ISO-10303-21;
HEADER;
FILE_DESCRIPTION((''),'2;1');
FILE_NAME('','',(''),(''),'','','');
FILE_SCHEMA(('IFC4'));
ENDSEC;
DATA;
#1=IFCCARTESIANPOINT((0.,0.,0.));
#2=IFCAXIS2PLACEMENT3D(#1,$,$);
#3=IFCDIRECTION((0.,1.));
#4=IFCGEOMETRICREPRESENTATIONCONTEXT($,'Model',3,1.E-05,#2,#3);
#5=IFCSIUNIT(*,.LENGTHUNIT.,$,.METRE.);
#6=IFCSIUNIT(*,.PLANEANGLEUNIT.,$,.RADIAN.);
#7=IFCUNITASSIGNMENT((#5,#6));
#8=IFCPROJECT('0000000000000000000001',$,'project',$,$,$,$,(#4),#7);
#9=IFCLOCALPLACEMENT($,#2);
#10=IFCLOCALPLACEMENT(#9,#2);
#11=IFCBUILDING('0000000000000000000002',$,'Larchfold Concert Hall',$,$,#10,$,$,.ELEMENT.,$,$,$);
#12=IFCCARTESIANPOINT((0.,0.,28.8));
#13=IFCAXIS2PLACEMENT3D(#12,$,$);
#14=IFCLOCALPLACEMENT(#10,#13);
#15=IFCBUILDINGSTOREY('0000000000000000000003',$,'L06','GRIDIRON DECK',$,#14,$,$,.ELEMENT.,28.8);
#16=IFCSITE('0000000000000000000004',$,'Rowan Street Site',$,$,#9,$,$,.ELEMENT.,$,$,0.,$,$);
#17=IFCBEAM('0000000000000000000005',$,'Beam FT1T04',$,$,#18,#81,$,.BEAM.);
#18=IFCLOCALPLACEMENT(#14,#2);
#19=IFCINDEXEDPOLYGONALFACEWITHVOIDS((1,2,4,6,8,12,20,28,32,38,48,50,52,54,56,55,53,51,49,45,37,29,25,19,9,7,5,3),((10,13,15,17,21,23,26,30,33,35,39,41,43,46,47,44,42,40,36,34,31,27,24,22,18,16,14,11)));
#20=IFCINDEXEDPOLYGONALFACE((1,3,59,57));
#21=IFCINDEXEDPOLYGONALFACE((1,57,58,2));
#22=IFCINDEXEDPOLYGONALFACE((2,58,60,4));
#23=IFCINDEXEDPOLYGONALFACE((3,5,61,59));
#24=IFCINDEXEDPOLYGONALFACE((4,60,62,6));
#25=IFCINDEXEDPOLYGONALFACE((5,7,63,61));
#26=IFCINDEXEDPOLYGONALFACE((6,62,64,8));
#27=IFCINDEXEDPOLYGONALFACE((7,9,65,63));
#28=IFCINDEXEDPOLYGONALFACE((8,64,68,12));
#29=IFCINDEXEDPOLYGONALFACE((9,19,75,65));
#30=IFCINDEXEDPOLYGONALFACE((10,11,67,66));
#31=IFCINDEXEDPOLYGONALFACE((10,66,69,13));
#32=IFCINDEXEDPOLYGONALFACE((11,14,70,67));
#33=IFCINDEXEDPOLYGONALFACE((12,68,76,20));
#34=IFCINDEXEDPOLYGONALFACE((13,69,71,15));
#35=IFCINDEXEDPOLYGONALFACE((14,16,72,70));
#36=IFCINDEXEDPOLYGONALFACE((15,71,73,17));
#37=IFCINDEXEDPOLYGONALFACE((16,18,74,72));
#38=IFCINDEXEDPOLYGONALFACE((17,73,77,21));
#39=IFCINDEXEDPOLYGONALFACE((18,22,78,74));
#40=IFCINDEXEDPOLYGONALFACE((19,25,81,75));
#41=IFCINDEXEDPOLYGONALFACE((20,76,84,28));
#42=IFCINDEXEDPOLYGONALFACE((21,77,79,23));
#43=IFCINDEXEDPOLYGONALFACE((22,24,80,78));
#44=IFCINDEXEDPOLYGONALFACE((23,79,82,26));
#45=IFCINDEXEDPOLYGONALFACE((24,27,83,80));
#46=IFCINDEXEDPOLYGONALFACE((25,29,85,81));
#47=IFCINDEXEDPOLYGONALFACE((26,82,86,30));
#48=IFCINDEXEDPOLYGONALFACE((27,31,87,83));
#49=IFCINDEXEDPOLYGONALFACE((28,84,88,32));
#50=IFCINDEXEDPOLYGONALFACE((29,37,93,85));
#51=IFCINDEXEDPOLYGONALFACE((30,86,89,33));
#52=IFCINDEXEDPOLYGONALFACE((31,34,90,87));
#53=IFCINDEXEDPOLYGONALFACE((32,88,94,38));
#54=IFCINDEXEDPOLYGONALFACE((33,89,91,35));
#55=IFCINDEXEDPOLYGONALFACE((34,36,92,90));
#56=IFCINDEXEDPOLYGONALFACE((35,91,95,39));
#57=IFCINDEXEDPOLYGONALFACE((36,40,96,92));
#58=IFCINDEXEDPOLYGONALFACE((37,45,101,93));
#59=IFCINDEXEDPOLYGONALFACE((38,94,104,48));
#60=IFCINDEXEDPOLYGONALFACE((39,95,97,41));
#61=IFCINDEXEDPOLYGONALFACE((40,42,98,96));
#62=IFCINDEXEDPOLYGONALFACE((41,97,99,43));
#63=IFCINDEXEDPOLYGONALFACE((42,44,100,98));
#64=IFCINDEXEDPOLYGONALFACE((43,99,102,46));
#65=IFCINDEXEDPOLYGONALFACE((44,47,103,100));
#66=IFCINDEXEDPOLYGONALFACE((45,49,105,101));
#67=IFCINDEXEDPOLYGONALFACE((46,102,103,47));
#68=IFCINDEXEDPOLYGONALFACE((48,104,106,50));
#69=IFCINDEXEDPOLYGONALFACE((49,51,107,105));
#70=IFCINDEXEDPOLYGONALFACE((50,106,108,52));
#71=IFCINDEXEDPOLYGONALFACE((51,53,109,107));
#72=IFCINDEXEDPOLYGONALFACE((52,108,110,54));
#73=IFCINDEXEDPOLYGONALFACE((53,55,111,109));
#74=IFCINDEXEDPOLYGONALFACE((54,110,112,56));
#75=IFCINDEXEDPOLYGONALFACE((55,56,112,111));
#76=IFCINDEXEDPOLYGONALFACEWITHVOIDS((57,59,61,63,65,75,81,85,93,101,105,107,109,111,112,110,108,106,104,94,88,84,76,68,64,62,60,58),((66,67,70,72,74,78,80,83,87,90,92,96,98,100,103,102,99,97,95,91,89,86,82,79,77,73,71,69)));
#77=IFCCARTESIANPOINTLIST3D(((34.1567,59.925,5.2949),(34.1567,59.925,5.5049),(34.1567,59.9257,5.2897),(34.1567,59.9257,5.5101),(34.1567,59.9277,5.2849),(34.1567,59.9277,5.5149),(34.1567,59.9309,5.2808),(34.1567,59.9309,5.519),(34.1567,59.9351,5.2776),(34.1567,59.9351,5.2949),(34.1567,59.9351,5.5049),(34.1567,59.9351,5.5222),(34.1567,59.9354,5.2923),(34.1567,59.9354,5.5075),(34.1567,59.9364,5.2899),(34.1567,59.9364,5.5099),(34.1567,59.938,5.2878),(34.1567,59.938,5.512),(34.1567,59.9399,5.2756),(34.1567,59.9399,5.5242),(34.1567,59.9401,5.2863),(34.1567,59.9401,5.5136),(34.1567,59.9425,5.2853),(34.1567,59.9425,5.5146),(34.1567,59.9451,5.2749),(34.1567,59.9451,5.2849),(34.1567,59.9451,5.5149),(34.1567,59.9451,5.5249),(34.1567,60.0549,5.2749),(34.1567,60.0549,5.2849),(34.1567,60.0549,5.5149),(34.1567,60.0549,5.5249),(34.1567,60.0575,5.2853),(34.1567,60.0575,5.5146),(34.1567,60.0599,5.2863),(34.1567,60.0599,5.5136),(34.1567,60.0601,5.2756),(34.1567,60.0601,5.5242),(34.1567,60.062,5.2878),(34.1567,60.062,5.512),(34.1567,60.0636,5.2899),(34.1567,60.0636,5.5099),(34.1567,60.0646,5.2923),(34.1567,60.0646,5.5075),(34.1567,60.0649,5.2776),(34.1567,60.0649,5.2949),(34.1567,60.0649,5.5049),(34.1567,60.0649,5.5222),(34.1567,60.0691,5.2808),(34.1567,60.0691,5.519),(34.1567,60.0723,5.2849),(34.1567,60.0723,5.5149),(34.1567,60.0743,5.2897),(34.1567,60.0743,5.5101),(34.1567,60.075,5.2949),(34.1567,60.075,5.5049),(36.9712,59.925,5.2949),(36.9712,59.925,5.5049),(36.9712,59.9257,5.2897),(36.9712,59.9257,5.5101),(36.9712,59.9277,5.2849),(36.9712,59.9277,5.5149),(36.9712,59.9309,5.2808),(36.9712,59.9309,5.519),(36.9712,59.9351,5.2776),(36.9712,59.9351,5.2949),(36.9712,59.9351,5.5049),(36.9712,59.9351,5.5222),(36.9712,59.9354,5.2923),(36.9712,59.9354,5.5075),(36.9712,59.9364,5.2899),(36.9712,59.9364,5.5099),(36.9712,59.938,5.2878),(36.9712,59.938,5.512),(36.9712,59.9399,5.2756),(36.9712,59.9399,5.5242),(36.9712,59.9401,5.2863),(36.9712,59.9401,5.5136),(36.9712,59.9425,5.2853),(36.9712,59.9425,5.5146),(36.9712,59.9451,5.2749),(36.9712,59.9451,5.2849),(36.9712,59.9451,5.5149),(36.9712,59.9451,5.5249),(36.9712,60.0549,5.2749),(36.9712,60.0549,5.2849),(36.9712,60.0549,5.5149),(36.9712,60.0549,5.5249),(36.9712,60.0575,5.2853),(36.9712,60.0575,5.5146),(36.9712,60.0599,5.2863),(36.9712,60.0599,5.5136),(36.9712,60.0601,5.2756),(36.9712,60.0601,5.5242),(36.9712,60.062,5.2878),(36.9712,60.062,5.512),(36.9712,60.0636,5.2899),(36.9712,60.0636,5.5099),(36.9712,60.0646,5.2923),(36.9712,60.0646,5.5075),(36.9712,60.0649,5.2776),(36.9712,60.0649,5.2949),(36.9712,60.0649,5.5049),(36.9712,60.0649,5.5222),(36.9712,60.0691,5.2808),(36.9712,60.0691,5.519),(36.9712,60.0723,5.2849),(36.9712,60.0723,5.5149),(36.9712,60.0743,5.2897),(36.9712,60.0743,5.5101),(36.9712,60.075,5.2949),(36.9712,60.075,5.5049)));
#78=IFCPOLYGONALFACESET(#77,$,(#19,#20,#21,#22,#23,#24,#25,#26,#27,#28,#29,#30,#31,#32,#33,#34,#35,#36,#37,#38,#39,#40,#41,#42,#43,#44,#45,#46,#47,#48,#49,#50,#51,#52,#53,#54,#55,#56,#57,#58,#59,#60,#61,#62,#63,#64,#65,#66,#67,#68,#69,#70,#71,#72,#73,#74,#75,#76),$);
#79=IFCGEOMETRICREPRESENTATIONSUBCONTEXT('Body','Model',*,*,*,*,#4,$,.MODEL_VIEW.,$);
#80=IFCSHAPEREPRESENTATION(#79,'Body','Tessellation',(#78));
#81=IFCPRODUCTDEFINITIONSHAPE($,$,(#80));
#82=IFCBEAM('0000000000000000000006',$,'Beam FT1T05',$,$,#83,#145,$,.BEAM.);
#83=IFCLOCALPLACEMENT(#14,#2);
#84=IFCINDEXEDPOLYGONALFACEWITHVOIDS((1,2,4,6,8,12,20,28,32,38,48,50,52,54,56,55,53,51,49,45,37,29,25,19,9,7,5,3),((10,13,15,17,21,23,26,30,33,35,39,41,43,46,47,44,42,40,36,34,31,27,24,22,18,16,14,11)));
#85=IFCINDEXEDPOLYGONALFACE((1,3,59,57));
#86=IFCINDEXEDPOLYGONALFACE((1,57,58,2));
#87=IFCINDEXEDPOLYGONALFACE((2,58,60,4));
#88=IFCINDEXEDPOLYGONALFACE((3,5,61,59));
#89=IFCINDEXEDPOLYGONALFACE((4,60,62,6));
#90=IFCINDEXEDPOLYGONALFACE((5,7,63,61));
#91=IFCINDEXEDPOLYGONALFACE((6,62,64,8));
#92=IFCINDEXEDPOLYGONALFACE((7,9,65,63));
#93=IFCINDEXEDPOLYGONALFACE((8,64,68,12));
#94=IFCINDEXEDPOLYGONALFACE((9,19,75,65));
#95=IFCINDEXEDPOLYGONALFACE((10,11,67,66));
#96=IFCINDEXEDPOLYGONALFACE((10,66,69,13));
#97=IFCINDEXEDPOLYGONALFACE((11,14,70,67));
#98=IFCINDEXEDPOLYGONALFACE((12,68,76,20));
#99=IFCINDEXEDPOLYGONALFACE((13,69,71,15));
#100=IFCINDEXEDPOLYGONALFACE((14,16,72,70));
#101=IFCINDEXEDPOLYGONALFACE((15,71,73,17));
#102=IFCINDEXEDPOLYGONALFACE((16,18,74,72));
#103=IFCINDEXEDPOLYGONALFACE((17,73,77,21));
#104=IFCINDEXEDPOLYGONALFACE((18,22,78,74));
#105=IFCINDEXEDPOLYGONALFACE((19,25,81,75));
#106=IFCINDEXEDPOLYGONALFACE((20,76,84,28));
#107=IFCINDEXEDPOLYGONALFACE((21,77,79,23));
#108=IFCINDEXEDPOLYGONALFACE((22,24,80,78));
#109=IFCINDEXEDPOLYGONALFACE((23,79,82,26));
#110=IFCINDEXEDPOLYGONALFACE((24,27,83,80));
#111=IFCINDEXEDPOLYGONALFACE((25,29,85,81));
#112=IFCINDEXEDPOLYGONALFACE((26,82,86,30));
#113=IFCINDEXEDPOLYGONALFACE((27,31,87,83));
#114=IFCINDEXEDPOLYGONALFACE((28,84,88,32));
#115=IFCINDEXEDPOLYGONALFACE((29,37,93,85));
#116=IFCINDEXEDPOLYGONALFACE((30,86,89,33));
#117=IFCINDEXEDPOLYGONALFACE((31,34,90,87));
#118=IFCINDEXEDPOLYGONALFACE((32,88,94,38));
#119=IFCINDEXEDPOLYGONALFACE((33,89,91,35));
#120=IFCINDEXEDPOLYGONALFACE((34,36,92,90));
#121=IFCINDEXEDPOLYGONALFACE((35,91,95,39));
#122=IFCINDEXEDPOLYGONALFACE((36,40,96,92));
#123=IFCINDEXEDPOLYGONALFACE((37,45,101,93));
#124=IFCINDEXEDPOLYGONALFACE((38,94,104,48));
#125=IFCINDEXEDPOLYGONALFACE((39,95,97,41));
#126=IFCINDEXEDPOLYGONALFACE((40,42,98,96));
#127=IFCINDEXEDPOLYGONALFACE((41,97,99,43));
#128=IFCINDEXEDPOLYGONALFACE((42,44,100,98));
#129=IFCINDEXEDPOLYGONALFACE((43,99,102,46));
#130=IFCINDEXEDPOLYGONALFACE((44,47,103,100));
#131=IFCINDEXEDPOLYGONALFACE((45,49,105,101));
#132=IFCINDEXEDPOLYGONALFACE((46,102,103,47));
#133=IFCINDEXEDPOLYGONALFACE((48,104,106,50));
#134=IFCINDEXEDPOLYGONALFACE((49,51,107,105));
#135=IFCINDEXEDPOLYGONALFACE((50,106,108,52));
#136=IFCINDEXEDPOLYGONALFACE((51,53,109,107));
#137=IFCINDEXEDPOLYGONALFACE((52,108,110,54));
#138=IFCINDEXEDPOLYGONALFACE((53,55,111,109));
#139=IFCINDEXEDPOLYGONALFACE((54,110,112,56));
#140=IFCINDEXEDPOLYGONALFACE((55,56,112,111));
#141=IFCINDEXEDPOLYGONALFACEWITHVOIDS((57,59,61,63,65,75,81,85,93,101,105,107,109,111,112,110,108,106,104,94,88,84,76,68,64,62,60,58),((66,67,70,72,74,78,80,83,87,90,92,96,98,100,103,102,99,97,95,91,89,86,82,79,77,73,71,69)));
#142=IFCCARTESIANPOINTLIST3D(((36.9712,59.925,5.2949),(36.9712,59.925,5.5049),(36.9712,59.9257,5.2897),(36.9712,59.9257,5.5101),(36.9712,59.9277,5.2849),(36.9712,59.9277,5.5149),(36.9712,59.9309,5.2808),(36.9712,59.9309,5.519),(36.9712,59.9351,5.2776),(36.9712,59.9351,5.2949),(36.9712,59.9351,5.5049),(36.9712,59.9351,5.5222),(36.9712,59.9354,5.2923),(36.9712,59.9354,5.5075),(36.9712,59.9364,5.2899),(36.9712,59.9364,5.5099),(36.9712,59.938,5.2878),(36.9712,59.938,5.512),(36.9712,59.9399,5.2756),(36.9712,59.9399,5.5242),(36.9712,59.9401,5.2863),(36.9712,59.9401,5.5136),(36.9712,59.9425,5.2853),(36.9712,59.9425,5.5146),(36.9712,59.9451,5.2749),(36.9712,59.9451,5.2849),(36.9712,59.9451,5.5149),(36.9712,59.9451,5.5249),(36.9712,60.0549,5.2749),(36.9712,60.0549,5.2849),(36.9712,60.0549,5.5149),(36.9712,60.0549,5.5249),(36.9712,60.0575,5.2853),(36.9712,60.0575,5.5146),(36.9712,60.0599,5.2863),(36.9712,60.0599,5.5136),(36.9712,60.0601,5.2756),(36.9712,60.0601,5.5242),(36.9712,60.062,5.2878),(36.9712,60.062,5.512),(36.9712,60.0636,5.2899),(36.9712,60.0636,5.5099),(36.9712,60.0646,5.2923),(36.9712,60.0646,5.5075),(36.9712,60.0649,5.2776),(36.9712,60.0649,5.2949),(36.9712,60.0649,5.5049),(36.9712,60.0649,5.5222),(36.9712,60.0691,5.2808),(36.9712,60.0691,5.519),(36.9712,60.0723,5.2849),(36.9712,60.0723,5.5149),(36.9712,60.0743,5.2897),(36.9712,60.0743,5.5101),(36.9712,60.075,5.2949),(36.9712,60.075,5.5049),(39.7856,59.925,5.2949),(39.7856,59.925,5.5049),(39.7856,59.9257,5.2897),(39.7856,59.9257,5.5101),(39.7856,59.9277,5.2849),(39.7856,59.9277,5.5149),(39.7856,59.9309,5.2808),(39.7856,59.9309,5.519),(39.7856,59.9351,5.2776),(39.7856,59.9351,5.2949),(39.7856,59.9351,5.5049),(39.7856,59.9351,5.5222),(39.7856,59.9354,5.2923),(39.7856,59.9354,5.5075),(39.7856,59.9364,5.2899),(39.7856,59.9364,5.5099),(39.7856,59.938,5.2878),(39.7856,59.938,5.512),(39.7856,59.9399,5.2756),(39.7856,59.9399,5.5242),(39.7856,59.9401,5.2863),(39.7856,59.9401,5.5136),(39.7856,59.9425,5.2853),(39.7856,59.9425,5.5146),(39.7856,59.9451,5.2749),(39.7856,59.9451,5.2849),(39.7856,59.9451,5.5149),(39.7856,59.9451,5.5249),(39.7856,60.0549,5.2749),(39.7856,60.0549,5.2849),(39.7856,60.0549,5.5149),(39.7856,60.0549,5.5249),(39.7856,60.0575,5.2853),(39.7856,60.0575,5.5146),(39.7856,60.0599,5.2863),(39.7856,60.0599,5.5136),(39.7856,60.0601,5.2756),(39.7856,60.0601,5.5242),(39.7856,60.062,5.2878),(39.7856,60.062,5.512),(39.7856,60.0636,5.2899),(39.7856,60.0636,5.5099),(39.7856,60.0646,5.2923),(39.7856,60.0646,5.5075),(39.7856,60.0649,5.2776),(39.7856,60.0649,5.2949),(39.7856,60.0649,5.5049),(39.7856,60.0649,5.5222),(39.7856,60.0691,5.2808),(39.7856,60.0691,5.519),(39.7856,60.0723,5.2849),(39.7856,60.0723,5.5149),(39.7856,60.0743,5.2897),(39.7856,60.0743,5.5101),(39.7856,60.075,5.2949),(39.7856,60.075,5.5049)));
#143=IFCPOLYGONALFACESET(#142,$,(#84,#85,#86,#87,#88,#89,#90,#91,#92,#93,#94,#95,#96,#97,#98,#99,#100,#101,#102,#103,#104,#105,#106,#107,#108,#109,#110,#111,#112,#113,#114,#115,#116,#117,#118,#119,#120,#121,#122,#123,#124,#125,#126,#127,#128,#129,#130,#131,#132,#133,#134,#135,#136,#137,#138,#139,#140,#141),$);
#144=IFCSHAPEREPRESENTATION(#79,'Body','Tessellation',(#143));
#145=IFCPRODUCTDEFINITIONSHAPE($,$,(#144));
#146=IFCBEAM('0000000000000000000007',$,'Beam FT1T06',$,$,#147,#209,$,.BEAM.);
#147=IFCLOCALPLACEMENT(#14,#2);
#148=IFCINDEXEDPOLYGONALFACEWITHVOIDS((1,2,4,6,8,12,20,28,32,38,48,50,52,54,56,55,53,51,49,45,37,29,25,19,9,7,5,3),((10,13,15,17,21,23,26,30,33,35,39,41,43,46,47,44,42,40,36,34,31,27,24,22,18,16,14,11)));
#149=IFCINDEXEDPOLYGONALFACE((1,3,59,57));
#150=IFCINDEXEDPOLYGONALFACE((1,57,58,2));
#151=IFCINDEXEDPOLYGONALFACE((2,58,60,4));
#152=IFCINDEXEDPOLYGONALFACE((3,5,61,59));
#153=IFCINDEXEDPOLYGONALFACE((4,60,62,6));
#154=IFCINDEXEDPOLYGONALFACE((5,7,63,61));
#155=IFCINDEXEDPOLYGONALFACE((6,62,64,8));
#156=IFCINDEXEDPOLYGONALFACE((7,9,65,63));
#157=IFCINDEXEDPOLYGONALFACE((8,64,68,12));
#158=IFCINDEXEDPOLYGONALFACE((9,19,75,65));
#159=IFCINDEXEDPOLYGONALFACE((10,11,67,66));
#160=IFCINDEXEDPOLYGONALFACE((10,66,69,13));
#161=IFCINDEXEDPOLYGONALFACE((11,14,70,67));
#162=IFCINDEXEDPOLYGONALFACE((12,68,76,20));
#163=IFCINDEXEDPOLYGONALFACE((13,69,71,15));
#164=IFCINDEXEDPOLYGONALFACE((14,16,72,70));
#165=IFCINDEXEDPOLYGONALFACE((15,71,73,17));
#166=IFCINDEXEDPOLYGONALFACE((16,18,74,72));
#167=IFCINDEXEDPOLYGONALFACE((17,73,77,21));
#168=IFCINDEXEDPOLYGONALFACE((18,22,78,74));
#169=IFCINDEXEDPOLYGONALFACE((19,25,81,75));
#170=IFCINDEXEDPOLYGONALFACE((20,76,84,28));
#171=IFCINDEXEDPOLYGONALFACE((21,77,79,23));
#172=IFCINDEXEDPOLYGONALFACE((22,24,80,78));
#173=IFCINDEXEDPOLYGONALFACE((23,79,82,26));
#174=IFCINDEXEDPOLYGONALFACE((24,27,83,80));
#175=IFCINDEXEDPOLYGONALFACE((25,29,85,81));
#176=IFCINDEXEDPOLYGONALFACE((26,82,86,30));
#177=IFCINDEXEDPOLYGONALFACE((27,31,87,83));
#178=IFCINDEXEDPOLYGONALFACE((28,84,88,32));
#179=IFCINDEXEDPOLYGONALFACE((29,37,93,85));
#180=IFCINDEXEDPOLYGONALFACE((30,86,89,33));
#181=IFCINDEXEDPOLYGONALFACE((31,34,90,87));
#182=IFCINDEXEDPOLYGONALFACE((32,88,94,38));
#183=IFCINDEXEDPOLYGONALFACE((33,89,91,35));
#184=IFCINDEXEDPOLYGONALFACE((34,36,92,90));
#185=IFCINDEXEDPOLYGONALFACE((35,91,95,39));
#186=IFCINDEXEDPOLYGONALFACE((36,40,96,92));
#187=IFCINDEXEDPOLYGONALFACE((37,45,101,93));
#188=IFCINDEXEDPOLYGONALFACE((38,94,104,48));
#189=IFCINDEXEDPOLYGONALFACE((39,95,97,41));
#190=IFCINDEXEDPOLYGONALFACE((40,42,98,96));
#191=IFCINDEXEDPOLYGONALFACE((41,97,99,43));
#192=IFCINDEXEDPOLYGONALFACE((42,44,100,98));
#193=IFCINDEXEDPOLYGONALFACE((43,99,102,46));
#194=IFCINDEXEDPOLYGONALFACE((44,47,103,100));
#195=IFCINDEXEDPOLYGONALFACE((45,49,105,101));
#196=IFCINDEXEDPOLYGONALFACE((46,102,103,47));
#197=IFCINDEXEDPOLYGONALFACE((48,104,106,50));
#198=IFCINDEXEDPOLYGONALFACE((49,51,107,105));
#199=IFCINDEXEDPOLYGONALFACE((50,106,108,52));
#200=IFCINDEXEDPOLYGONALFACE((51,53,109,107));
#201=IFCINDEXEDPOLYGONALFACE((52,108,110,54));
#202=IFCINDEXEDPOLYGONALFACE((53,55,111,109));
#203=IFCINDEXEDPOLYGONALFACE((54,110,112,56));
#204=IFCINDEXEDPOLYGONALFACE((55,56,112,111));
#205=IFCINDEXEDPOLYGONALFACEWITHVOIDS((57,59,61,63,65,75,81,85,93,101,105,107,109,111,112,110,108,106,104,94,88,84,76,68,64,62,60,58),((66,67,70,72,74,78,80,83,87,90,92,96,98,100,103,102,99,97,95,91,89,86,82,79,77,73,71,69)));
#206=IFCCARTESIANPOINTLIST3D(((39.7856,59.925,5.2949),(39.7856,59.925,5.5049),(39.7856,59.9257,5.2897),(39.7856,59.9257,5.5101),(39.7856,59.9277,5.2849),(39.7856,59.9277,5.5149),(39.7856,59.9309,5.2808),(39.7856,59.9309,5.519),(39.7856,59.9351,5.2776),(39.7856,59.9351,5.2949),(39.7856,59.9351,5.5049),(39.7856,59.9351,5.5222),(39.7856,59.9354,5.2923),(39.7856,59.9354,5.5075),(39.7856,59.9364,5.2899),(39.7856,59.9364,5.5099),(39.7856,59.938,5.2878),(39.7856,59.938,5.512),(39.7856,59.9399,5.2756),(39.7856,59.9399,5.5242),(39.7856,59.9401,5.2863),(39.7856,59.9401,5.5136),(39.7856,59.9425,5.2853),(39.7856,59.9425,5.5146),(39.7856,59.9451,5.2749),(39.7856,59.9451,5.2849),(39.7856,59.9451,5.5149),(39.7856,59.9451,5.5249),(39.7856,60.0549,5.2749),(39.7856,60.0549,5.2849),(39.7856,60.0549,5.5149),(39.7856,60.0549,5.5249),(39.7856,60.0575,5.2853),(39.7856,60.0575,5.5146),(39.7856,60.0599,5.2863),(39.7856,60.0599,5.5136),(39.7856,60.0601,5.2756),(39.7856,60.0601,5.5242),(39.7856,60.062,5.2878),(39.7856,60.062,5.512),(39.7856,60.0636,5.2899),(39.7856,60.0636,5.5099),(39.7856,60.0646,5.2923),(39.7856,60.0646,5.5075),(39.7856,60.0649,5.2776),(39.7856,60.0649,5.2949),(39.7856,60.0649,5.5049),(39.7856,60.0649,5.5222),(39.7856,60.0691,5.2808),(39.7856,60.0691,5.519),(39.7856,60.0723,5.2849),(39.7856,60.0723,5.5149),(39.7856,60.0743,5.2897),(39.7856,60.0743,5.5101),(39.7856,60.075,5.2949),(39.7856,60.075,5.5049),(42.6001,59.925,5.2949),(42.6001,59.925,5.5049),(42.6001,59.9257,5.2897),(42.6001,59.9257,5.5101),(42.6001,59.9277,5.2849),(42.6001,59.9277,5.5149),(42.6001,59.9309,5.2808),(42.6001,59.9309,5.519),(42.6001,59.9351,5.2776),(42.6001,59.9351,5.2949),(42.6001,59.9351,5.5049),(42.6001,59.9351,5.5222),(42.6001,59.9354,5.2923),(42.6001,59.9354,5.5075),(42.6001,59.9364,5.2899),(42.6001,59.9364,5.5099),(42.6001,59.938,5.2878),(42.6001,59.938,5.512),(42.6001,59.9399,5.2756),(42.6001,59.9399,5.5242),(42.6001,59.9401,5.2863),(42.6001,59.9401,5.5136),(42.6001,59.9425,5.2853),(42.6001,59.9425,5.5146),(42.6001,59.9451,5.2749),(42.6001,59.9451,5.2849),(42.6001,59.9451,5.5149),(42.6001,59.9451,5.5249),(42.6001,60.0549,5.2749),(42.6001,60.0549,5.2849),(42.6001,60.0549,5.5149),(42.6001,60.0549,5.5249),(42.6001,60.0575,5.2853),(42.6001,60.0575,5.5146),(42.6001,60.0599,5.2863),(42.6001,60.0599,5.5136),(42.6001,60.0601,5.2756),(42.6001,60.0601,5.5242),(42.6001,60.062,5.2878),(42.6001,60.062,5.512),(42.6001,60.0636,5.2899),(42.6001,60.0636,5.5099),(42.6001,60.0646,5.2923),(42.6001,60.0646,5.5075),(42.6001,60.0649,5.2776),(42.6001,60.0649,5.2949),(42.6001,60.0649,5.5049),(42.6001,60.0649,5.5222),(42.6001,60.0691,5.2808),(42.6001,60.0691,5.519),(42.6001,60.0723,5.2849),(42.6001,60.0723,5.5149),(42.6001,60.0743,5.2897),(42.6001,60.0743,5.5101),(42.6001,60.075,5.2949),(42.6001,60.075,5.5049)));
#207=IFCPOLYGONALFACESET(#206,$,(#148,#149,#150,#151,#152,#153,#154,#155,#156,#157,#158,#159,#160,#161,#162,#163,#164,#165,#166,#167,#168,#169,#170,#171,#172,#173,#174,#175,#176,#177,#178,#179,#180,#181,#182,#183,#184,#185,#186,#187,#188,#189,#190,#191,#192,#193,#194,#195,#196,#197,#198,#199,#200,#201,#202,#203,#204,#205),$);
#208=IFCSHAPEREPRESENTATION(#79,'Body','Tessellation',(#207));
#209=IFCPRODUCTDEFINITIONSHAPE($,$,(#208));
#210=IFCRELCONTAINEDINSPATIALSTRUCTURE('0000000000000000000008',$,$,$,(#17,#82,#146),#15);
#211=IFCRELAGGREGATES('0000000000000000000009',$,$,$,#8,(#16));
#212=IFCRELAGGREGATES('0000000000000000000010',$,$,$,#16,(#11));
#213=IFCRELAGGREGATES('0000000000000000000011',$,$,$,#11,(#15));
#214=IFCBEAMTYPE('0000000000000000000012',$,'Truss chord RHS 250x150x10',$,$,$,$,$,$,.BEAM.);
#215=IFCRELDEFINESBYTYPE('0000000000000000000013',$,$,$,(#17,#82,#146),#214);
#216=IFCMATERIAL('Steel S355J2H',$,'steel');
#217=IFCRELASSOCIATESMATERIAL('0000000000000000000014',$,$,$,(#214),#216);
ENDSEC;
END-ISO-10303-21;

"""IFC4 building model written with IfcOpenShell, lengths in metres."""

from ifc_helpers import new_model, si_unit, direction, frame, origin, origin_2d, place, context, subcontext, project, spatial, hollow_rectangle, extrude, material, material_profile, profile_set, type_object, element, save


model = new_model("IFC4")

# Units and contexts
model_context = context("Model", 3, precision=1e-05, world=origin(), true_north=direction((0.0, 1.0)))
body_context = subcontext(model_context, "Body", "Model", "MODEL_VIEW")
ifc_project = project(units=[si_unit("LENGTHUNIT", "METRE"), si_unit("PLANEANGLEUNIT", "RADIAN")], contexts=[model_context])

# Site, building, storey
site_placement = place(None, origin())
site = spatial("IfcSite", under=ifc_project, at=site_placement, Name="Rowan Street Site", CompositionType="ELEMENT", RefElevation=0.0)
building_placement = place(site_placement, origin())
building = spatial("IfcBuilding", under=site, at=building_placement, Name="Larchfold Concert Hall", CompositionType="ELEMENT")
storey_placement = place(building_placement, frame((0.0, 0.0, 28.8)))
storey = spatial("IfcBuildingStorey", under=building, at=storey_placement, Name="L06", Description="GRIDIRON DECK", CompositionType="ELEMENT", Elevation=28.8)

# Beams
ifc_material_1 = material(Name="Steel S355J2H", Category="steel")
ifc_material_profile_1 = material_profile(ifc_material_1, hollow_rectangle(XDim=0.1499, YDim=0.25, WallThickness=0.01, InnerFilletRadius=0.01, OuterFilletRadius=0.02, at=origin_2d()))
ifc_profile_set_1 = profile_set([ifc_material_profile_1], Name="Steel S355J2H")
beam_type_1 = type_object("IfcBeamType", Name="Truss chord RHS 250x150x10", PredefinedType="BEAM", material=ifc_profile_set_1)
for number, where, z_axis, x_axis, name in (
    (1, (34.1567, 60.0, 5.3999), (1.0, 0.0, 0.0), (0.0, 1.0, 0.0), "Beam FT1T04"),
    (2, (36.9712, 60.0, 5.3999), (1.0, 0.0, 0.0), (0.0, 1.0, 0.0), "Beam FT1T05"),
    (3, (39.7856, 60.0, 5.3999), (1.0, 0.0, 0.0), (0.0, 1.0, 0.0), "Beam FT1T06"),
):
    element("IfcBeam", number, at=place(storey_placement, frame(where, z_axis=z_axis, x_axis=x_axis)), inside=storey, type_object=beam_type_1, Name=name, PredefinedType="BEAM", context=body_context, shape_type="SweptSolid", body=[
        extrude(hollow_rectangle(XDim=0.1499, YDim=0.25, WallThickness=0.01, InnerFilletRadius=0.01, OuterFilletRadius=0.02, at=origin_2d()), origin(), (0.0, 0.0, 1.0), 2.8145),
    ])

save(model, "model.ifc")
